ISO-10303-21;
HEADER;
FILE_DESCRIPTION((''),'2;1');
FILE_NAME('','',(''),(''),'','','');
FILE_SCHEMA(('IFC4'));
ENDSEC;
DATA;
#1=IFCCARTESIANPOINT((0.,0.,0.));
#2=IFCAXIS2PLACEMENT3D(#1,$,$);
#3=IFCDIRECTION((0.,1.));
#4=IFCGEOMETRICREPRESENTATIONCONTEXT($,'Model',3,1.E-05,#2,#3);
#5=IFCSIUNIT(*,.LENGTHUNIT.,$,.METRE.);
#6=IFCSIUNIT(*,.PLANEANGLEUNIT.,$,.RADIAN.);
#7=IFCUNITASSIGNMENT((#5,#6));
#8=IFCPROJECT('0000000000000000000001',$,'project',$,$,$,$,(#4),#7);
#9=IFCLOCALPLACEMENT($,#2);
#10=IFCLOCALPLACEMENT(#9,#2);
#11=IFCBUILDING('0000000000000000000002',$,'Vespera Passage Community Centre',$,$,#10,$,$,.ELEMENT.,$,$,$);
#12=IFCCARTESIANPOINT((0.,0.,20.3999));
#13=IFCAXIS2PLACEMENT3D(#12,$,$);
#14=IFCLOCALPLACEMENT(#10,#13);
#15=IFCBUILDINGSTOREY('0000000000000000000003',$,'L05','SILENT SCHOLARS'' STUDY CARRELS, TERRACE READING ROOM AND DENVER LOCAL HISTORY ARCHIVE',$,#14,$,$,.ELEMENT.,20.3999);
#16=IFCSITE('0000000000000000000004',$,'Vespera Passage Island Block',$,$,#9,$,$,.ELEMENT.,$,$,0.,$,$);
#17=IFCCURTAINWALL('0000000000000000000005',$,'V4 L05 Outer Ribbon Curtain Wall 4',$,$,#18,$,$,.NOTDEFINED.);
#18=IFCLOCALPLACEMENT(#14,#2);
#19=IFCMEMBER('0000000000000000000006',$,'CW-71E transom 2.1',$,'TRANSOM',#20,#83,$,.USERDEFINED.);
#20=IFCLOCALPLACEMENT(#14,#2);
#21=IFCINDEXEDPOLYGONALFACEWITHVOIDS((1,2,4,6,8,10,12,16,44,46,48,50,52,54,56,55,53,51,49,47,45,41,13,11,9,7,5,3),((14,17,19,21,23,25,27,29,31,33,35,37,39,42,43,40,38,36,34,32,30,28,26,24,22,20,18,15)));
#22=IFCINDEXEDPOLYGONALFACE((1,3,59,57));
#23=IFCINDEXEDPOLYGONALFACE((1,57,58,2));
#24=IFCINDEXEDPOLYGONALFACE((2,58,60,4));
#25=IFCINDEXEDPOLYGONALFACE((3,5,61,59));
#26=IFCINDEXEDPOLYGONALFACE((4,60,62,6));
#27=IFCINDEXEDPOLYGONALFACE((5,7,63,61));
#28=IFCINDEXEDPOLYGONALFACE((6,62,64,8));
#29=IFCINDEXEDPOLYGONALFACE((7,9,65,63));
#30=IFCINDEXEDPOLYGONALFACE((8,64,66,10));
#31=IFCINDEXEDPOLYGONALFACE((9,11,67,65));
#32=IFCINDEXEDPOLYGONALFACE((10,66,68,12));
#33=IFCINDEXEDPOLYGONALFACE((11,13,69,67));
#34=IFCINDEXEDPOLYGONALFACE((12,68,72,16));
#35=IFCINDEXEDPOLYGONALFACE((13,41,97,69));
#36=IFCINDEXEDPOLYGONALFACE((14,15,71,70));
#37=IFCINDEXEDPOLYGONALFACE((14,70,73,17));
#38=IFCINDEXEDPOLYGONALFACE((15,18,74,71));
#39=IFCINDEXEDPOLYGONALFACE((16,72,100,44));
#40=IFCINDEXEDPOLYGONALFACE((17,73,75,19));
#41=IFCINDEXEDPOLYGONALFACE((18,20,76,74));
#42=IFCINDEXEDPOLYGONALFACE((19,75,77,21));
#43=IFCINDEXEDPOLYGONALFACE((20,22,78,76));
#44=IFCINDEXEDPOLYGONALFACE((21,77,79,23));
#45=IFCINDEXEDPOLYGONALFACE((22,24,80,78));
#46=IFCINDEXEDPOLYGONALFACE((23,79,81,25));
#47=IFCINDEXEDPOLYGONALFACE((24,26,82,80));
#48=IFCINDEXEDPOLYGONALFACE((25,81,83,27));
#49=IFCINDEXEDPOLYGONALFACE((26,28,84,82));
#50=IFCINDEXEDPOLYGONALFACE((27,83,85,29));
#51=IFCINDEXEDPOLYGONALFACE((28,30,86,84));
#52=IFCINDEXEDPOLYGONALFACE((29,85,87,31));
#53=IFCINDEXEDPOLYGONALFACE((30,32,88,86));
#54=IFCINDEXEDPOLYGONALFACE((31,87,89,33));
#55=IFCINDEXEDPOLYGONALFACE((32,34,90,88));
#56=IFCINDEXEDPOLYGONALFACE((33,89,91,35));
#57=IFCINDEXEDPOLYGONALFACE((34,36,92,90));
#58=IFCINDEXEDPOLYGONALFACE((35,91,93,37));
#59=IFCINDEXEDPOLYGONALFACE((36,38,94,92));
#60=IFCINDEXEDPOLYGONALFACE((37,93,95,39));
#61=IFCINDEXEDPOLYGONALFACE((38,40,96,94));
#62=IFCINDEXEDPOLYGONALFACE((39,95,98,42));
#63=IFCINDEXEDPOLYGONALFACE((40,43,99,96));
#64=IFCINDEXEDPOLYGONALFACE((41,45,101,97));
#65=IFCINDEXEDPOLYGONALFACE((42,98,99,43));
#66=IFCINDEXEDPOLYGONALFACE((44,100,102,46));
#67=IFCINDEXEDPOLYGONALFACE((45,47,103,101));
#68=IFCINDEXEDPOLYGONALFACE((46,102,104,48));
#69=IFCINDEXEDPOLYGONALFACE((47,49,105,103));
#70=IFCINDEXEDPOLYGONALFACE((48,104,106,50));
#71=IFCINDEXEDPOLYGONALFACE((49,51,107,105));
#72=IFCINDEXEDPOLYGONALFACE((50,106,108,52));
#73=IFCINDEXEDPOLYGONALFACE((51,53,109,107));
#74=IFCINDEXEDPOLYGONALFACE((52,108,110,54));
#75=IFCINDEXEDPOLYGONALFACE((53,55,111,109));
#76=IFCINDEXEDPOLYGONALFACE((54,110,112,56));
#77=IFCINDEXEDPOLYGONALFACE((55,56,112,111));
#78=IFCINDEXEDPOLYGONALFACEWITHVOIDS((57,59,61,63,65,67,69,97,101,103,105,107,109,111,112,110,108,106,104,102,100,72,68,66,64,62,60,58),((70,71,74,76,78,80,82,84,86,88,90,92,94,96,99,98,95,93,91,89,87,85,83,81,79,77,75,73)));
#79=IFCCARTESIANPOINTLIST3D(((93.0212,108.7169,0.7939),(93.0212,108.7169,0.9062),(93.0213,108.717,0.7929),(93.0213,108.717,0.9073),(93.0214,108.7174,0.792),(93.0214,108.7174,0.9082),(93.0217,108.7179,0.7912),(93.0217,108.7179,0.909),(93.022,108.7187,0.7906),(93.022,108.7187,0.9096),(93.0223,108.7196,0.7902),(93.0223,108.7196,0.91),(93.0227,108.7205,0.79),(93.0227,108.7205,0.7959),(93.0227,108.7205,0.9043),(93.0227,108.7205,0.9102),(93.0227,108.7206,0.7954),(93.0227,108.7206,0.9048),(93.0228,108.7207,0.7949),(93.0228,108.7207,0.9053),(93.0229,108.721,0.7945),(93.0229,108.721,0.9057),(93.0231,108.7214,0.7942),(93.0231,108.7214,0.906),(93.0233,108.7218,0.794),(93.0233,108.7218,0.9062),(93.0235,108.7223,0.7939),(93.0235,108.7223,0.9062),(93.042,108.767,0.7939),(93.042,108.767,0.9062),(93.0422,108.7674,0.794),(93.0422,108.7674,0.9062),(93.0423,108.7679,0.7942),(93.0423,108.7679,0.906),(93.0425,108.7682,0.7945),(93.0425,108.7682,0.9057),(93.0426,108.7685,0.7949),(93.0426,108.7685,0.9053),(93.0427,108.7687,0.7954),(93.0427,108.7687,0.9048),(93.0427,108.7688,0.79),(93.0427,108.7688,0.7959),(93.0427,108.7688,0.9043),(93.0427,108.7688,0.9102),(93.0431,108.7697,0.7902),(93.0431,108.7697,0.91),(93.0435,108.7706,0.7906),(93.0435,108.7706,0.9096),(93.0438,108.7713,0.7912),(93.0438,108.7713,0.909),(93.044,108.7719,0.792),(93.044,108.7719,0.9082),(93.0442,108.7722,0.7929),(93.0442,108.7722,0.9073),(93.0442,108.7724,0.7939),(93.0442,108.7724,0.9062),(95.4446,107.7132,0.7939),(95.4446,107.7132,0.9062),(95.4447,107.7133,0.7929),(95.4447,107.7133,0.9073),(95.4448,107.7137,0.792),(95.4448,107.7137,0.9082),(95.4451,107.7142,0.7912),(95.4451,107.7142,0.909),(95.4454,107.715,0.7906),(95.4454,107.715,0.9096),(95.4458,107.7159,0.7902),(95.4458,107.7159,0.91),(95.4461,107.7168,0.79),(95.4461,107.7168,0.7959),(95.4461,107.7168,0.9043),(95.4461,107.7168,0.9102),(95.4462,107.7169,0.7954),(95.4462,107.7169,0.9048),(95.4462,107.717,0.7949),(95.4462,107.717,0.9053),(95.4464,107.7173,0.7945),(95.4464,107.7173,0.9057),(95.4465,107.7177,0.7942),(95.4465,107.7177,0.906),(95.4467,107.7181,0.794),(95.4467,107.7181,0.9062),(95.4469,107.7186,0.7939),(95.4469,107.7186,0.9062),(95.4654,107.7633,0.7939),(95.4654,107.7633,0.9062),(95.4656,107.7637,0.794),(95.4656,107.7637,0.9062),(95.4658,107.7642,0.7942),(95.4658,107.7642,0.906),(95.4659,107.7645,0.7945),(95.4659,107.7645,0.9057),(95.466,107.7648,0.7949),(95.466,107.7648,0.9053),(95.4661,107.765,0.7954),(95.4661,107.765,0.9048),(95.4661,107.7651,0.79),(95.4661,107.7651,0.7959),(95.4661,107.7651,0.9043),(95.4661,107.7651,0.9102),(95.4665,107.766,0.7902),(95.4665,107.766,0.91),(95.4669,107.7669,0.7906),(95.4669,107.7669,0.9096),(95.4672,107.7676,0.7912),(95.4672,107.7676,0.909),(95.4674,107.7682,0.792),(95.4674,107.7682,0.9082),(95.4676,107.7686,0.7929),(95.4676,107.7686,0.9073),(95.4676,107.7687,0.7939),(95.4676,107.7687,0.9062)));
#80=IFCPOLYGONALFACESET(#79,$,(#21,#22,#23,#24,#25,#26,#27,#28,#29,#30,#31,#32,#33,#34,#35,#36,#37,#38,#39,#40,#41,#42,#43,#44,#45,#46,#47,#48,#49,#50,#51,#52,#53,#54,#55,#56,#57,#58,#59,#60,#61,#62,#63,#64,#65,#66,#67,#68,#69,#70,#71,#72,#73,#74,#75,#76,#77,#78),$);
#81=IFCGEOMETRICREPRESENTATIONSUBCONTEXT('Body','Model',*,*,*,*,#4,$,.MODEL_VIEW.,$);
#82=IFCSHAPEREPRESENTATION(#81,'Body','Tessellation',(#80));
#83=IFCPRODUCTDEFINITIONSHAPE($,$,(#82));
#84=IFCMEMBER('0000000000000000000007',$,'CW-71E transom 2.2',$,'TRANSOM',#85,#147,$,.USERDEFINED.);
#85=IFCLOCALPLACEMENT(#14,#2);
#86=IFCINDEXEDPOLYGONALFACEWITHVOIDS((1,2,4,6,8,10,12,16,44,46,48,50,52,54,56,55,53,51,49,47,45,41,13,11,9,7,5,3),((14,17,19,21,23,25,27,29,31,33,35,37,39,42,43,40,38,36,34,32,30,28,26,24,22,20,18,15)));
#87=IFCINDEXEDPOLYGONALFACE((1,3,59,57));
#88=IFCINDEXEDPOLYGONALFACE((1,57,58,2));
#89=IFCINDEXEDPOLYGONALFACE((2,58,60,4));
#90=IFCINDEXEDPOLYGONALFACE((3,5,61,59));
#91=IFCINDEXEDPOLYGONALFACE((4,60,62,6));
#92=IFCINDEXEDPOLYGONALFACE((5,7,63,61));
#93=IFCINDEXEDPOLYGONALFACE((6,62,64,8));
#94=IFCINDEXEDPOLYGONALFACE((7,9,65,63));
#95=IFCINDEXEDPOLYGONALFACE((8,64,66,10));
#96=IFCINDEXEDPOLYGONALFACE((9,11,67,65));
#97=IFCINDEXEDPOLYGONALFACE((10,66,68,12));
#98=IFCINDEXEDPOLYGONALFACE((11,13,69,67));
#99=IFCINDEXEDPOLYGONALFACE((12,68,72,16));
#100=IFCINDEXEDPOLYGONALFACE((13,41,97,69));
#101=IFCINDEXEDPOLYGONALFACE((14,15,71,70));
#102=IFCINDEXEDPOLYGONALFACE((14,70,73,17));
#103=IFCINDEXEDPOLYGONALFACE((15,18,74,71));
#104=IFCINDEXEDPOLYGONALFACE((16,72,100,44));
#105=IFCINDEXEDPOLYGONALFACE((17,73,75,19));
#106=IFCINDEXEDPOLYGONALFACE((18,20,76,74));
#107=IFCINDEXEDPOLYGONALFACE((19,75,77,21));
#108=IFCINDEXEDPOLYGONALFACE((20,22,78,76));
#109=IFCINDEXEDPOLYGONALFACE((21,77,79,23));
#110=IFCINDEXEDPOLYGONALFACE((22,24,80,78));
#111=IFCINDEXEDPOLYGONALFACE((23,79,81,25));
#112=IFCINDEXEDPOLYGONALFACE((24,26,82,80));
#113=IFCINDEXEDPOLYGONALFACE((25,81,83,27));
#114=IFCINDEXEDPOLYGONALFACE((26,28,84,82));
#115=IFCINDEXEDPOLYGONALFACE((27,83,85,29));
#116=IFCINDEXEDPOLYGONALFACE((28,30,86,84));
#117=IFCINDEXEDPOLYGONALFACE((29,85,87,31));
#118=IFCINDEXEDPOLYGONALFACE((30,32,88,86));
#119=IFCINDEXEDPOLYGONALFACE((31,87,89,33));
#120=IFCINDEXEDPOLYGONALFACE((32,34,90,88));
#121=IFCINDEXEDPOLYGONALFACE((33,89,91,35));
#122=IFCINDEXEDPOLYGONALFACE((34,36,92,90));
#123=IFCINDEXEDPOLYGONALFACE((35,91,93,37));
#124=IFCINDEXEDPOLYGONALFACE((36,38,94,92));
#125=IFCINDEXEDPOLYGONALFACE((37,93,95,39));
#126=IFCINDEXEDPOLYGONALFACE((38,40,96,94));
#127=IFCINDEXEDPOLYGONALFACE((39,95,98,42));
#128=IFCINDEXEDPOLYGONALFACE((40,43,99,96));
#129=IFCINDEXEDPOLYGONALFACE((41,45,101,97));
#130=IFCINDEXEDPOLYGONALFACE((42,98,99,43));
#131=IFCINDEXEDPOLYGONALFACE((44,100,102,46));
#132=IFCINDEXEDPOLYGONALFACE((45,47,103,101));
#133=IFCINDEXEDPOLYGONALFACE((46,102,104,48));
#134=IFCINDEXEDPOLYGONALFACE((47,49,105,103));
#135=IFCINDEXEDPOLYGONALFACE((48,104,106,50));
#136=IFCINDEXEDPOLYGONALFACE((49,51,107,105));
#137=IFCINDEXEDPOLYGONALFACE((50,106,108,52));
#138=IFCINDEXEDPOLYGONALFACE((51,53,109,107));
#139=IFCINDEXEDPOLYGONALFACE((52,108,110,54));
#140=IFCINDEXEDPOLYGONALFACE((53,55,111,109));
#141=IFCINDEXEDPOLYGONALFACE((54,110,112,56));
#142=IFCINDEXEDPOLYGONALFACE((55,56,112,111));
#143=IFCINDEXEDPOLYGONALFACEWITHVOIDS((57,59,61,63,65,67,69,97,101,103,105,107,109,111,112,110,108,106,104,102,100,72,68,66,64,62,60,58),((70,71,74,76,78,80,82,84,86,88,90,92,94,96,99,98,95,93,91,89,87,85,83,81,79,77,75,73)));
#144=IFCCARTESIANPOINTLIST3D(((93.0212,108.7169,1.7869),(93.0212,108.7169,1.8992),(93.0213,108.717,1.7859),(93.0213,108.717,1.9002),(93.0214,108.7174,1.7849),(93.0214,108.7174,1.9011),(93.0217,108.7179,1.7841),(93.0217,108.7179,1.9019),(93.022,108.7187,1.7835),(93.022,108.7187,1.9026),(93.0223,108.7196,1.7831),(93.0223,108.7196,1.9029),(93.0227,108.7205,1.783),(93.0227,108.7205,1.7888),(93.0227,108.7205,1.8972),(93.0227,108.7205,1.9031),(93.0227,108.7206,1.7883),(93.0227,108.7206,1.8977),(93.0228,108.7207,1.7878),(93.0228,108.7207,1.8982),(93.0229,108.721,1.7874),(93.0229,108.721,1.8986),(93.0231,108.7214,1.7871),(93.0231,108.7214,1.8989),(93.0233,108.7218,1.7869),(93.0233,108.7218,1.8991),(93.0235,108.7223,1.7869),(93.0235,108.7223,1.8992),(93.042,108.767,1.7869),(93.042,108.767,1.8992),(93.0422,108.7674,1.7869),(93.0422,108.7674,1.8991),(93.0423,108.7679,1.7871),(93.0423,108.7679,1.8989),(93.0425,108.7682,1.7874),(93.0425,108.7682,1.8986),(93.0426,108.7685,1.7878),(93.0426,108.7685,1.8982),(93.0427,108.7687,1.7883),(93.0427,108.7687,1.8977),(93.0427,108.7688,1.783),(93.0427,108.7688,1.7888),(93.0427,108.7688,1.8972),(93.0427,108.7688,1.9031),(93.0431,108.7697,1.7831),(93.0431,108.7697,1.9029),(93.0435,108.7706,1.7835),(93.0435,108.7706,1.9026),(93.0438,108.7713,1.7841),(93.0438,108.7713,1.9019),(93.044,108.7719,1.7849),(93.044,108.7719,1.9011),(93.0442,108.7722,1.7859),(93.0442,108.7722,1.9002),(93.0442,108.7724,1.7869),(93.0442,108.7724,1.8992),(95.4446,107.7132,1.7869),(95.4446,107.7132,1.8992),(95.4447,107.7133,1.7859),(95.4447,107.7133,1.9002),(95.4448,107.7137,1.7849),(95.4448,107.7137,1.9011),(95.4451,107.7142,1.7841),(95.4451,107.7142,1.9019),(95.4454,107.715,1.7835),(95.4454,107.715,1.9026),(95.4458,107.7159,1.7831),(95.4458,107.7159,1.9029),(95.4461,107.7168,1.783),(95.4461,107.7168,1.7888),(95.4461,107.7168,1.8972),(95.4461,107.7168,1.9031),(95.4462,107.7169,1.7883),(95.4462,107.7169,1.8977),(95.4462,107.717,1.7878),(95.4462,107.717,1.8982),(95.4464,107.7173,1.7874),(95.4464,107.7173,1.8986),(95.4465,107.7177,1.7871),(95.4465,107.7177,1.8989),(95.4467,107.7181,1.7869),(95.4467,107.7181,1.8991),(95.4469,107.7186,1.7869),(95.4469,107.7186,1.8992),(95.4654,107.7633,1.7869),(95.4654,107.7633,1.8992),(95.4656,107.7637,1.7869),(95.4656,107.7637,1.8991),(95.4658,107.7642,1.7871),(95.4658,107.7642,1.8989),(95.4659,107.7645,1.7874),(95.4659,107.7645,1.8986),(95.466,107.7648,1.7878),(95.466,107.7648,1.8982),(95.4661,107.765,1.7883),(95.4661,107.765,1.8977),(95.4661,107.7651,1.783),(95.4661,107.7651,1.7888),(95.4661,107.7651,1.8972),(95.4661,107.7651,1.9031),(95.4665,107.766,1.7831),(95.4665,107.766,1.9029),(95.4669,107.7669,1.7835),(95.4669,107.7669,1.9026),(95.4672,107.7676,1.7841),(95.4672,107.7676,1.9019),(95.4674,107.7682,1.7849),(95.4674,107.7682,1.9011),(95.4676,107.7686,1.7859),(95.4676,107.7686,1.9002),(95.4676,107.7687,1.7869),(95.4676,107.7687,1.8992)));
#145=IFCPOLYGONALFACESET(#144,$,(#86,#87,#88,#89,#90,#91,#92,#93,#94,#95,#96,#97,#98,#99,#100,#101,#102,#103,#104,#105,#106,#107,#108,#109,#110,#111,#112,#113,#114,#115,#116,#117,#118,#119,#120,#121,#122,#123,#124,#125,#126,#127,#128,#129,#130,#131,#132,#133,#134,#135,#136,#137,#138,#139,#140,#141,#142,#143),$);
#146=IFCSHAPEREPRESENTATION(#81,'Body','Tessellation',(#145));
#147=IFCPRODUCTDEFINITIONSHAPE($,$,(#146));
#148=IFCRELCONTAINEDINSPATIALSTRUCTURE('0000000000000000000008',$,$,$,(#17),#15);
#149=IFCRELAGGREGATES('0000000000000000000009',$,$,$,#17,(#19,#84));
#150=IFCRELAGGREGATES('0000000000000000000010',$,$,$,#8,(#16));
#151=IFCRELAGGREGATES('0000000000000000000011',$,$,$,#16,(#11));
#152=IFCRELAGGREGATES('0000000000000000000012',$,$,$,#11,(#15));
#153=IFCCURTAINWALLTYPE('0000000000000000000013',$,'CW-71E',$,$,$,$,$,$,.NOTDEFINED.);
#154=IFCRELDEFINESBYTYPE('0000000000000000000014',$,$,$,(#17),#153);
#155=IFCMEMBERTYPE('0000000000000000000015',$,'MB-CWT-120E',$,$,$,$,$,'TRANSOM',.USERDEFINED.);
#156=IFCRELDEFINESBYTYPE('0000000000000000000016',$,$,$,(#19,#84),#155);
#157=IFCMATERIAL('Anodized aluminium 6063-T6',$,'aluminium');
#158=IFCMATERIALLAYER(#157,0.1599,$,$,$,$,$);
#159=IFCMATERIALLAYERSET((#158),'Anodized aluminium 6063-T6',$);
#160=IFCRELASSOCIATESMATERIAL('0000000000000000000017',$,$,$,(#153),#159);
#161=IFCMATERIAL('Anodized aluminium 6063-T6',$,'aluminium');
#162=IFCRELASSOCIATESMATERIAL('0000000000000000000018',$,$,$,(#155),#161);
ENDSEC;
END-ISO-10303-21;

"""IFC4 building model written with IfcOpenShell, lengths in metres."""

from ifc_helpers import new_model, si_unit, direction, frame, origin, origin_2d, place, context, subcontext, project, spatial, hollow_rectangle, extrude, material, layer, layer_set, material_profile, profile_set, type_object, element, aggregate, save


model = new_model("IFC4")

# Units and contexts
model_context = context("Model", 3, precision=1e-05, world=origin(), true_north=direction((0.0, 1.0)))
body_context = subcontext(model_context, "Body", "Model", "MODEL_VIEW")
ifc_project = project(units=[si_unit("LENGTHUNIT", "METRE"), si_unit("PLANEANGLEUNIT", "RADIAN")], contexts=[model_context])

# Site, building, storey
site_placement = place(None, origin())
site = spatial("IfcSite", under=ifc_project, at=site_placement, Name="Vespera Passage Island Block", CompositionType="ELEMENT", RefElevation=0.0)
building_placement = place(site_placement, origin())
building = spatial("IfcBuilding", under=site, at=building_placement, Name="Vespera Passage Community Centre", CompositionType="ELEMENT")
storey_placement = place(building_placement, frame((0.0, 0.0, 20.3999)))
storey = spatial("IfcBuildingStorey", under=building, at=storey_placement, Name="L05", Description="SILENT SCHOLARS' STUDY CARRELS, TERRACE READING ROOM AND DENVER LOCAL HISTORY ARCHIVE", CompositionType="ELEMENT", Elevation=20.3999)

# Curtain wall, members
ifc_material_1 = material(Name="Anodized aluminium 6063-T6", Category="aluminium")
ifc_layer_1 = layer(ifc_material_1, 0.1599)
ifc_layer_set_1 = layer_set([ifc_layer_1], Name="Anodized aluminium 6063-T6")
curtain_wall_type_1 = type_object("IfcCurtainWallType", Name="CW-71E", PredefinedType="NOTDEFINED", material=ifc_layer_set_1)
curtain_wall_1_placement = place(storey_placement, origin())
curtain_wall_1 = element("IfcCurtainWall", 1, at=curtain_wall_1_placement, inside=storey, type_object=curtain_wall_type_1, Name="V4 L05 Outer Ribbon Curtain Wall 4", PredefinedType="NOTDEFINED")
ifc_material_2 = material(Name="Anodized aluminium 6063-T6", Category="aluminium")
ifc_material_profile_1 = material_profile(ifc_material_2, hollow_rectangle(XDim=0.0601, YDim=0.1201, WallThickness=0.0039, InnerFilletRadius=0.002, OuterFilletRadius=0.0039, at=origin_2d()), Name="ALU120X60X4")
ifc_profile_set_1 = profile_set([ifc_material_profile_1], Name="Anodized aluminium 6063-T6")
member_type_1 = type_object("IfcMemberType", Name="MB-CWT-120E", ElementType="TRANSOM", PredefinedType="USERDEFINED", material=ifc_profile_set_1)
member_1_placement = place(storey_placement, frame((93.0327, 108.7446, 0.8501), z_axis=(0.923895, -0.382645, 0.0), x_axis=(0.382645, 0.923895, 0.0)))
member_1 = element("IfcMember", 2, at=member_1_placement, type_object=member_type_1, Name="CW-71E transom 2.1", ObjectType="TRANSOM", PredefinedType="USERDEFINED", context=body_context, shape_type="SweptSolid", body=[
    extrude(hollow_rectangle(XDim=0.0601, YDim=0.1201, WallThickness=0.0039, InnerFilletRadius=0.002, OuterFilletRadius=0.0039, at=origin_2d()), origin(), (0.0, 0.0, 1.0), 2.623),
])
member_2_placement = place(storey_placement, frame((93.0327, 108.7446, 1.843), z_axis=(0.923895, -0.382645, 0.0), x_axis=(0.382645, 0.923895, 0.0)))
member_2 = element("IfcMember", 3, at=member_2_placement, type_object=member_type_1, Name="CW-71E transom 2.2", ObjectType="TRANSOM", PredefinedType="USERDEFINED", context=body_context, shape_type="SweptSolid", body=[
    extrude(hollow_rectangle(XDim=0.0601, YDim=0.1201, WallThickness=0.0039, InnerFilletRadius=0.002, OuterFilletRadius=0.0039, at=origin_2d()), origin(), (0.0, 0.0, 1.0), 2.623),
])
aggregate(curtain_wall_1, [member_1, member_2])

save(model, "model.ifc")
